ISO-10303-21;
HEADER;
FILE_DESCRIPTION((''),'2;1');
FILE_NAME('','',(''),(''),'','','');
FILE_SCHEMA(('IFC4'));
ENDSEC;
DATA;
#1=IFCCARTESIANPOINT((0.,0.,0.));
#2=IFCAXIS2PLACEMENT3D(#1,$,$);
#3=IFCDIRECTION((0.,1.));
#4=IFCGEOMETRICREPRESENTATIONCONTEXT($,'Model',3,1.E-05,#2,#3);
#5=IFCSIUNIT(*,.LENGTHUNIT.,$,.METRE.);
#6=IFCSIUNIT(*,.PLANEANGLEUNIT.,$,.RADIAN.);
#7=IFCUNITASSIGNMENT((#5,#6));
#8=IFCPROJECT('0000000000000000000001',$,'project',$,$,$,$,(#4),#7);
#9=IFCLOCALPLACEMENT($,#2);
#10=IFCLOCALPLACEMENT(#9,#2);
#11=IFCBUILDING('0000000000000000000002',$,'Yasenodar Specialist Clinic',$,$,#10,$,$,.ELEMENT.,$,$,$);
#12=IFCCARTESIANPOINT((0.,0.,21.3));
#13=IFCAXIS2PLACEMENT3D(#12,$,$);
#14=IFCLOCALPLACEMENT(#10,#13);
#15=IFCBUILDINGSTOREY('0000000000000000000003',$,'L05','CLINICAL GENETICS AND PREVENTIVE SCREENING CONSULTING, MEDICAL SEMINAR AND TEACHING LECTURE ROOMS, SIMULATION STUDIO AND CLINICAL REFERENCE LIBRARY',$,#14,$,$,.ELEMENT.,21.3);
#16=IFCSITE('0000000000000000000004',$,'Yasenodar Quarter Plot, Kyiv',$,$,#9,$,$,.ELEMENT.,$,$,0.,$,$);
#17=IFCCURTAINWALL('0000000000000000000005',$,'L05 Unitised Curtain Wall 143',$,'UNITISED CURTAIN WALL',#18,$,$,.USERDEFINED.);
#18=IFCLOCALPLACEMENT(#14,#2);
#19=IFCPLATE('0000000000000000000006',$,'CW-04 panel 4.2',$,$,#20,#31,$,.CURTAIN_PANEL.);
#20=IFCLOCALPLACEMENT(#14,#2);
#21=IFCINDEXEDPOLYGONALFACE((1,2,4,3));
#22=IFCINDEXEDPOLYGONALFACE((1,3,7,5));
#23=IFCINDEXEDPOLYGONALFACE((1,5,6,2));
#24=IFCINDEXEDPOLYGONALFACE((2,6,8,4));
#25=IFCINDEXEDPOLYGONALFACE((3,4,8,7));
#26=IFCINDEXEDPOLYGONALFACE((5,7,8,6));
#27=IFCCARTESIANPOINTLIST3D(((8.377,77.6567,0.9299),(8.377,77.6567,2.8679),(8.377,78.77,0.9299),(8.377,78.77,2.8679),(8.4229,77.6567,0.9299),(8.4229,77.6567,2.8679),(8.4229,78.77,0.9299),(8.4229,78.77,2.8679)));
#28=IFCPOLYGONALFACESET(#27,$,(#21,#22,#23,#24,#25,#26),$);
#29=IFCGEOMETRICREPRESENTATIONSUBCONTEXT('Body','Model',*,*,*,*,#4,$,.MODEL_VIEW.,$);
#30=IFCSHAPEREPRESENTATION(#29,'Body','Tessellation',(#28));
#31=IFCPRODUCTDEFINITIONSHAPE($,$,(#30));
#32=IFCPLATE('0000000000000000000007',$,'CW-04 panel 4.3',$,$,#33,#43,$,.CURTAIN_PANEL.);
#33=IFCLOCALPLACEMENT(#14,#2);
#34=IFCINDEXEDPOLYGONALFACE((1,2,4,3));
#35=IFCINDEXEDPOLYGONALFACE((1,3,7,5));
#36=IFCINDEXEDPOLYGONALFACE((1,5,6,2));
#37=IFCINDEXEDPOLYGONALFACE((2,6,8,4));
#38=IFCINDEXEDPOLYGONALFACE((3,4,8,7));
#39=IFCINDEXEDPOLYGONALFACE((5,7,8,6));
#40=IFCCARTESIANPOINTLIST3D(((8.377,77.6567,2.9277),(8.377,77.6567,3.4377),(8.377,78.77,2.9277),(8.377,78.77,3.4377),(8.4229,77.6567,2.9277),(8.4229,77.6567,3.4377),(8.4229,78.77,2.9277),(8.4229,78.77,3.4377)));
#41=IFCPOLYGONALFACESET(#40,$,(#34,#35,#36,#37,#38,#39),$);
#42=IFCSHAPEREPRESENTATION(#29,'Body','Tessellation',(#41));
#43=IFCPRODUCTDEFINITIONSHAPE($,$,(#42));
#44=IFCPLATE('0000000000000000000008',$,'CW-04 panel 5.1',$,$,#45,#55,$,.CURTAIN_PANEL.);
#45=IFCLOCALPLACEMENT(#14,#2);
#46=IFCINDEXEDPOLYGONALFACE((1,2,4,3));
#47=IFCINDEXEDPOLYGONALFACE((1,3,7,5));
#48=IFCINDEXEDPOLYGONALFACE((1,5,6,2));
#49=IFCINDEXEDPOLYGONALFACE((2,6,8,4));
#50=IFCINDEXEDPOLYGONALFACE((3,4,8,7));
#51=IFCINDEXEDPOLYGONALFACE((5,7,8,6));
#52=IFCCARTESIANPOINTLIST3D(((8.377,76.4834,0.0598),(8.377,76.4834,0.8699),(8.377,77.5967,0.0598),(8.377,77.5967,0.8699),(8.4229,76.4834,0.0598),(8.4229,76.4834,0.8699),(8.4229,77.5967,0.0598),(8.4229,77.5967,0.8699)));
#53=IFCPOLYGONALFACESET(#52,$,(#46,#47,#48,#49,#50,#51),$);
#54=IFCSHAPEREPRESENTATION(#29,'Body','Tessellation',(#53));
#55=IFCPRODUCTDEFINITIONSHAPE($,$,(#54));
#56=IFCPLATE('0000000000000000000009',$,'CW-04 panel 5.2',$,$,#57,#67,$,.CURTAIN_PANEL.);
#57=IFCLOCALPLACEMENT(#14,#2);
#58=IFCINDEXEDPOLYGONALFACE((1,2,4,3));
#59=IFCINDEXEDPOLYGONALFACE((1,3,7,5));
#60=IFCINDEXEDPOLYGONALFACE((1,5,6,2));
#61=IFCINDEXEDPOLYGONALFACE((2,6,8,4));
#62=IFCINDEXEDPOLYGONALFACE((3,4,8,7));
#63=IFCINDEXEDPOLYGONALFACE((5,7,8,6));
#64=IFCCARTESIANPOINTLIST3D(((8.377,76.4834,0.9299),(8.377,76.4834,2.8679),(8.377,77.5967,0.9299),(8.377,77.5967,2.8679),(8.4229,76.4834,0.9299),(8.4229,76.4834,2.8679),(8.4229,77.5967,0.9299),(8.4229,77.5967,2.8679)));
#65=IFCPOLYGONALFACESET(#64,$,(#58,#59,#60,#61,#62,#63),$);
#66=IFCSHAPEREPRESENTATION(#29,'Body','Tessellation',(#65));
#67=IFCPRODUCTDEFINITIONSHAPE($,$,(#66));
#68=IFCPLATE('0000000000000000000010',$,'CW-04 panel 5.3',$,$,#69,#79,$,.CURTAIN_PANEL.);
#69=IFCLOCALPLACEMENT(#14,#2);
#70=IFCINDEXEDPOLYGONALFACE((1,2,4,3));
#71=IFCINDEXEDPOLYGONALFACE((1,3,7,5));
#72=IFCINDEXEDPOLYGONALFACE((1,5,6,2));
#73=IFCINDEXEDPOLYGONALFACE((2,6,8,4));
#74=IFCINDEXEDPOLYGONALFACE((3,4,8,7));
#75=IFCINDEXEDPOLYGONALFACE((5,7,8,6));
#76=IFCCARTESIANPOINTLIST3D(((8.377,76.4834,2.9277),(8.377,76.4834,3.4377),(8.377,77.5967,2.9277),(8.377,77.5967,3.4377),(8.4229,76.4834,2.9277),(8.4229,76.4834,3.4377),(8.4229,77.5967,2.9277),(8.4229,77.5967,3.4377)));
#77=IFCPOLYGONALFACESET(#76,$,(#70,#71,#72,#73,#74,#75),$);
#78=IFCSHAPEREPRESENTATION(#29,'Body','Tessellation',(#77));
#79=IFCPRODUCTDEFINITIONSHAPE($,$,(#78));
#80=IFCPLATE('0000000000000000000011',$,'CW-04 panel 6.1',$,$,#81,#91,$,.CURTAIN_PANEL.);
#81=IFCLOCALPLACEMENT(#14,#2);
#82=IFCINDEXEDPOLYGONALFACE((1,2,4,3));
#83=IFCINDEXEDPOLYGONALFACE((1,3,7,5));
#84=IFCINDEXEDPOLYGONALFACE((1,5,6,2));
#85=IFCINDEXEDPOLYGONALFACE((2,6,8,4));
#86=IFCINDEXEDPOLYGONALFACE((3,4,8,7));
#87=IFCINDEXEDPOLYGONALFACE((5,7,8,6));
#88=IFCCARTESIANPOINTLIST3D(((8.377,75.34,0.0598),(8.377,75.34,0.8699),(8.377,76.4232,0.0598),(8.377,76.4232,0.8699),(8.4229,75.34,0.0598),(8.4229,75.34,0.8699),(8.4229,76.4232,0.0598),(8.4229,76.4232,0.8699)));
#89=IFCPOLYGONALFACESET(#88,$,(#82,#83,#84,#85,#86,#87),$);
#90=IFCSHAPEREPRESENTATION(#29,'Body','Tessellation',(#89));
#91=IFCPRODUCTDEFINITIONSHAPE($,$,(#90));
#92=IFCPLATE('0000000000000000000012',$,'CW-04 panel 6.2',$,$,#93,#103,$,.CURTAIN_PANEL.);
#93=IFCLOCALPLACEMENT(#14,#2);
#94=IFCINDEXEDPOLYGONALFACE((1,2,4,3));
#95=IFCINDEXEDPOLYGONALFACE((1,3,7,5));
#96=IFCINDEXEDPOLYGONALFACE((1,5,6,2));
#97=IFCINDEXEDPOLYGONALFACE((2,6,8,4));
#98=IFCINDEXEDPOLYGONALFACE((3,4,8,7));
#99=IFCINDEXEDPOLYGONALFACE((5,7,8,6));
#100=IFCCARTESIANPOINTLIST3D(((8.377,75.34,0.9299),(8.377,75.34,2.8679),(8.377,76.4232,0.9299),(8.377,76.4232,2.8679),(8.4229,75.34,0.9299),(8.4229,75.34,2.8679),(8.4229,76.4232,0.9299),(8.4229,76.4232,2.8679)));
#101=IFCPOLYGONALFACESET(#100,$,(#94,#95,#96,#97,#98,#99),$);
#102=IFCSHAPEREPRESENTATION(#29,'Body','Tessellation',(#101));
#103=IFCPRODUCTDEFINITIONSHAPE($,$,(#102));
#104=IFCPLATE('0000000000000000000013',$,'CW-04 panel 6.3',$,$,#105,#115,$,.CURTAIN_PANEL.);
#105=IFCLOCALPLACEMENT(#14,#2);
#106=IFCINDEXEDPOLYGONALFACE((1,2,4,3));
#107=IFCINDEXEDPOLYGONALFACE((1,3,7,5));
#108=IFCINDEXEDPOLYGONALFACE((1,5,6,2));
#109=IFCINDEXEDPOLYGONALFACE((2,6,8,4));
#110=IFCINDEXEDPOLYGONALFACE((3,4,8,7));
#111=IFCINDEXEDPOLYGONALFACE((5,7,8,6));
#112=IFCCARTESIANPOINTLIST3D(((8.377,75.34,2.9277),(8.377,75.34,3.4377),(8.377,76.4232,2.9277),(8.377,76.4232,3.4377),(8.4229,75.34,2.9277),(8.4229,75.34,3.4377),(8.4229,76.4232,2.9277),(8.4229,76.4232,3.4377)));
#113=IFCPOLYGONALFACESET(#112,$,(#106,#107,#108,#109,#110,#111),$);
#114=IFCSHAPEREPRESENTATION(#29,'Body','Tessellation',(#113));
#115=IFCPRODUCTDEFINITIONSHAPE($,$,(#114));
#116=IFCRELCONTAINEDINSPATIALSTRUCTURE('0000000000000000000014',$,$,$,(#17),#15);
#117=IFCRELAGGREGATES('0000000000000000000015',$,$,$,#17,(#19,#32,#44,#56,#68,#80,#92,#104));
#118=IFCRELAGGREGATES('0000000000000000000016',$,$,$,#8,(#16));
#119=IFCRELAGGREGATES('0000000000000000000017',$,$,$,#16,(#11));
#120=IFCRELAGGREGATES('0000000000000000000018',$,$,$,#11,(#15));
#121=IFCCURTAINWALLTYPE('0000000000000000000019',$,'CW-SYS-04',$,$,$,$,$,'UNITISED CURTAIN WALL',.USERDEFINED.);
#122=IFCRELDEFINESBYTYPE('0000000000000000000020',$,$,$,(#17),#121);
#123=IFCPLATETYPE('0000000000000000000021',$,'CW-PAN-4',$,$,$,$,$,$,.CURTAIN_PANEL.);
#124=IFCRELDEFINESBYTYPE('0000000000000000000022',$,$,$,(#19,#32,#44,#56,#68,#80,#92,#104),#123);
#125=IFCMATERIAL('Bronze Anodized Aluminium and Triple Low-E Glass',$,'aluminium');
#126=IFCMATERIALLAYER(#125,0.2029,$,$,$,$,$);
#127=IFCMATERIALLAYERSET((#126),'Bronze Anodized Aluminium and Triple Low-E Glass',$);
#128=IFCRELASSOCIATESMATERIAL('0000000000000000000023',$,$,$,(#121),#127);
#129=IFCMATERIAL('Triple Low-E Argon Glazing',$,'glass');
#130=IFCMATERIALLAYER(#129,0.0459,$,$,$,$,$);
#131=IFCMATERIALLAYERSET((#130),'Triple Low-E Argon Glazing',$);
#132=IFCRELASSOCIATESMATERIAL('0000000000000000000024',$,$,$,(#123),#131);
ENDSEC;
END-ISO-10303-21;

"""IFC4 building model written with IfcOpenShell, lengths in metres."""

from ifc_helpers import new_model, si_unit, direction, frame, origin, origin_2d, place, context, subcontext, project, spatial, rectangle, extrude, material, layer, layer_set, type_object, element, aggregate, save


model = new_model("IFC4")

# Units and contexts
model_context = context("Model", 3, precision=1e-05, world=origin(), true_north=direction((0.0, 1.0)))
body_context = subcontext(model_context, "Body", "Model", "MODEL_VIEW")
ifc_project = project(units=[si_unit("LENGTHUNIT", "METRE"), si_unit("PLANEANGLEUNIT", "RADIAN")], contexts=[model_context])

# Site, building, storey
site_placement = place(None, origin())
site = spatial("IfcSite", under=ifc_project, at=site_placement, Name="Yasenodar Quarter Plot, Kyiv", CompositionType="ELEMENT", RefElevation=0.0)
building_placement = place(site_placement, origin())
building = spatial("IfcBuilding", under=site, at=building_placement, Name="Yasenodar Specialist Clinic", CompositionType="ELEMENT")
storey_placement = place(building_placement, frame((0.0, 0.0, 21.3)))
storey = spatial("IfcBuildingStorey", under=building, at=storey_placement, Name="L05", Description="CLINICAL GENETICS AND PREVENTIVE SCREENING CONSULTING, MEDICAL SEMINAR AND TEACHING LECTURE ROOMS, SIMULATION STUDIO AND CLINICAL REFERENCE LIBRARY", CompositionType="ELEMENT", Elevation=21.3)

# Curtain wall
ifc_material_1 = material(Name="Bronze Anodized Aluminium and Triple Low-E Glass", Category="aluminium")
ifc_layer_1 = layer(ifc_material_1, 0.2029)
ifc_layer_set_1 = layer_set([ifc_layer_1], Name="Bronze Anodized Aluminium and Triple Low-E Glass")
curtain_wall_type = type_object("IfcCurtainWallType", Name="CW-SYS-04", ElementType="UNITISED CURTAIN WALL", PredefinedType="USERDEFINED", material=ifc_layer_set_1)
curtain_wall_1_placement = place(storey_placement, origin())
curtain_wall_1 = element("IfcCurtainWall", 1, at=curtain_wall_1_placement, inside=storey, type_object=curtain_wall_type, Name="L05 Unitised Curtain Wall 143", ObjectType="UNITISED CURTAIN WALL", PredefinedType="USERDEFINED")

# Plates
ifc_material_2 = material(Name="Triple Low-E Argon Glazing", Category="glass")
ifc_layer_2 = layer(ifc_material_2, 0.0459)
ifc_layer_set_2 = layer_set([ifc_layer_2], Name="Triple Low-E Argon Glazing")
plate_type_1 = type_object("IfcPlateType", Name="CW-PAN-4", PredefinedType="CURTAIN_PANEL", material=ifc_layer_set_2)
plate_1_placement = place(storey_placement, frame((8.3999, 78.2134, 0.9299), z_axis=(0.0, 0.0, 1.0), x_axis=(0.0, -1.0, 0.0)))
plate_1 = element("IfcPlate", 2, at=plate_1_placement, type_object=plate_type_1, Name="CW-04 panel 4.2", PredefinedType="CURTAIN_PANEL", context=body_context, shape_type="SweptSolid", body=[
    extrude(rectangle(XDim=1.1133, YDim=0.0459, at=origin_2d()), origin(), (0.0, 0.0, 1.0), 1.938),
])
plate_2_placement = place(storey_placement, frame((8.3999, 78.2134, 2.9277), z_axis=(0.0, 0.0, 1.0), x_axis=(0.0, -1.0, 0.0)))
plate_2 = element("IfcPlate", 3, at=plate_2_placement, type_object=plate_type_1, Name="CW-04 panel 4.3", PredefinedType="CURTAIN_PANEL", context=body_context, shape_type="SweptSolid", body=[
    extrude(rectangle(XDim=1.1133, YDim=0.0459, at=origin_2d()), origin(), (0.0, 0.0, 1.0), 0.51),
])
plate_3_placement = place(storey_placement, frame((8.3999, 77.04, 0.0598), z_axis=(0.0, 0.0, 1.0), x_axis=(0.0, -1.0, 0.0)))
plate_3 = element("IfcPlate", 4, at=plate_3_placement, type_object=plate_type_1, Name="CW-04 panel 5.1", PredefinedType="CURTAIN_PANEL", context=body_context, shape_type="SweptSolid", body=[
    extrude(rectangle(XDim=1.1133, YDim=0.0459, at=origin_2d()), origin(), (0.0, 0.0, 1.0), 0.8101),
])
plate_4_placement = place(storey_placement, frame((8.3999, 77.04, 0.9299), z_axis=(0.0, 0.0, 1.0), x_axis=(0.0, -1.0, 0.0)))
plate_4 = element("IfcPlate", 5, at=plate_4_placement, type_object=plate_type_1, Name="CW-04 panel 5.2", PredefinedType="CURTAIN_PANEL", context=body_context, shape_type="SweptSolid", body=[
    extrude(rectangle(XDim=1.1133, YDim=0.0459, at=origin_2d()), origin(), (0.0, 0.0, 1.0), 1.938),
])
plate_5_placement = place(storey_placement, frame((8.3999, 77.04, 2.9277), z_axis=(0.0, 0.0, 1.0), x_axis=(0.0, -1.0, 0.0)))
plate_5 = element("IfcPlate", 6, at=plate_5_placement, type_object=plate_type_1, Name="CW-04 panel 5.3", PredefinedType="CURTAIN_PANEL", context=body_context, shape_type="SweptSolid", body=[
    extrude(rectangle(XDim=1.1133, YDim=0.0459, at=origin_2d()), origin(), (0.0, 0.0, 1.0), 0.51),
])
plate_6_placement = place(storey_placement, frame((8.3999, 75.8816, 0.0598), z_axis=(0.0, 0.0, 1.0), x_axis=(0.0, -1.0, 0.0)))
plate_6 = element("IfcPlate", 7, at=plate_6_placement, type_object=plate_type_1, Name="CW-04 panel 6.1", PredefinedType="CURTAIN_PANEL", context=body_context, shape_type="SweptSolid", body=[
    extrude(rectangle(XDim=1.0833, YDim=0.0459, at=origin_2d()), origin(), (0.0, 0.0, 1.0), 0.8101),
])
plate_7_placement = place(storey_placement, frame((8.3999, 75.8816, 0.9299), z_axis=(0.0, 0.0, 1.0), x_axis=(0.0, -1.0, 0.0)))
plate_7 = element("IfcPlate", 8, at=plate_7_placement, type_object=plate_type_1, Name="CW-04 panel 6.2", PredefinedType="CURTAIN_PANEL", context=body_context, shape_type="SweptSolid", body=[
    extrude(rectangle(XDim=1.0833, YDim=0.0459, at=origin_2d()), origin(), (0.0, 0.0, 1.0), 1.938),
])
plate_8_placement = place(storey_placement, frame((8.3999, 75.8816, 2.9277), z_axis=(0.0, 0.0, 1.0), x_axis=(0.0, -1.0, 0.0)))
plate_8 = element("IfcPlate", 9, at=plate_8_placement, type_object=plate_type_1, Name="CW-04 panel 6.3", PredefinedType="CURTAIN_PANEL", context=body_context, shape_type="SweptSolid", body=[
    extrude(rectangle(XDim=1.0833, YDim=0.0459, at=origin_2d()), origin(), (0.0, 0.0, 1.0), 0.51),
])
aggregate(curtain_wall_1, [plate_1, plate_2, plate_3, plate_4, plate_5, plate_6, plate_7, plate_8])

save(model, "model.ifc")
